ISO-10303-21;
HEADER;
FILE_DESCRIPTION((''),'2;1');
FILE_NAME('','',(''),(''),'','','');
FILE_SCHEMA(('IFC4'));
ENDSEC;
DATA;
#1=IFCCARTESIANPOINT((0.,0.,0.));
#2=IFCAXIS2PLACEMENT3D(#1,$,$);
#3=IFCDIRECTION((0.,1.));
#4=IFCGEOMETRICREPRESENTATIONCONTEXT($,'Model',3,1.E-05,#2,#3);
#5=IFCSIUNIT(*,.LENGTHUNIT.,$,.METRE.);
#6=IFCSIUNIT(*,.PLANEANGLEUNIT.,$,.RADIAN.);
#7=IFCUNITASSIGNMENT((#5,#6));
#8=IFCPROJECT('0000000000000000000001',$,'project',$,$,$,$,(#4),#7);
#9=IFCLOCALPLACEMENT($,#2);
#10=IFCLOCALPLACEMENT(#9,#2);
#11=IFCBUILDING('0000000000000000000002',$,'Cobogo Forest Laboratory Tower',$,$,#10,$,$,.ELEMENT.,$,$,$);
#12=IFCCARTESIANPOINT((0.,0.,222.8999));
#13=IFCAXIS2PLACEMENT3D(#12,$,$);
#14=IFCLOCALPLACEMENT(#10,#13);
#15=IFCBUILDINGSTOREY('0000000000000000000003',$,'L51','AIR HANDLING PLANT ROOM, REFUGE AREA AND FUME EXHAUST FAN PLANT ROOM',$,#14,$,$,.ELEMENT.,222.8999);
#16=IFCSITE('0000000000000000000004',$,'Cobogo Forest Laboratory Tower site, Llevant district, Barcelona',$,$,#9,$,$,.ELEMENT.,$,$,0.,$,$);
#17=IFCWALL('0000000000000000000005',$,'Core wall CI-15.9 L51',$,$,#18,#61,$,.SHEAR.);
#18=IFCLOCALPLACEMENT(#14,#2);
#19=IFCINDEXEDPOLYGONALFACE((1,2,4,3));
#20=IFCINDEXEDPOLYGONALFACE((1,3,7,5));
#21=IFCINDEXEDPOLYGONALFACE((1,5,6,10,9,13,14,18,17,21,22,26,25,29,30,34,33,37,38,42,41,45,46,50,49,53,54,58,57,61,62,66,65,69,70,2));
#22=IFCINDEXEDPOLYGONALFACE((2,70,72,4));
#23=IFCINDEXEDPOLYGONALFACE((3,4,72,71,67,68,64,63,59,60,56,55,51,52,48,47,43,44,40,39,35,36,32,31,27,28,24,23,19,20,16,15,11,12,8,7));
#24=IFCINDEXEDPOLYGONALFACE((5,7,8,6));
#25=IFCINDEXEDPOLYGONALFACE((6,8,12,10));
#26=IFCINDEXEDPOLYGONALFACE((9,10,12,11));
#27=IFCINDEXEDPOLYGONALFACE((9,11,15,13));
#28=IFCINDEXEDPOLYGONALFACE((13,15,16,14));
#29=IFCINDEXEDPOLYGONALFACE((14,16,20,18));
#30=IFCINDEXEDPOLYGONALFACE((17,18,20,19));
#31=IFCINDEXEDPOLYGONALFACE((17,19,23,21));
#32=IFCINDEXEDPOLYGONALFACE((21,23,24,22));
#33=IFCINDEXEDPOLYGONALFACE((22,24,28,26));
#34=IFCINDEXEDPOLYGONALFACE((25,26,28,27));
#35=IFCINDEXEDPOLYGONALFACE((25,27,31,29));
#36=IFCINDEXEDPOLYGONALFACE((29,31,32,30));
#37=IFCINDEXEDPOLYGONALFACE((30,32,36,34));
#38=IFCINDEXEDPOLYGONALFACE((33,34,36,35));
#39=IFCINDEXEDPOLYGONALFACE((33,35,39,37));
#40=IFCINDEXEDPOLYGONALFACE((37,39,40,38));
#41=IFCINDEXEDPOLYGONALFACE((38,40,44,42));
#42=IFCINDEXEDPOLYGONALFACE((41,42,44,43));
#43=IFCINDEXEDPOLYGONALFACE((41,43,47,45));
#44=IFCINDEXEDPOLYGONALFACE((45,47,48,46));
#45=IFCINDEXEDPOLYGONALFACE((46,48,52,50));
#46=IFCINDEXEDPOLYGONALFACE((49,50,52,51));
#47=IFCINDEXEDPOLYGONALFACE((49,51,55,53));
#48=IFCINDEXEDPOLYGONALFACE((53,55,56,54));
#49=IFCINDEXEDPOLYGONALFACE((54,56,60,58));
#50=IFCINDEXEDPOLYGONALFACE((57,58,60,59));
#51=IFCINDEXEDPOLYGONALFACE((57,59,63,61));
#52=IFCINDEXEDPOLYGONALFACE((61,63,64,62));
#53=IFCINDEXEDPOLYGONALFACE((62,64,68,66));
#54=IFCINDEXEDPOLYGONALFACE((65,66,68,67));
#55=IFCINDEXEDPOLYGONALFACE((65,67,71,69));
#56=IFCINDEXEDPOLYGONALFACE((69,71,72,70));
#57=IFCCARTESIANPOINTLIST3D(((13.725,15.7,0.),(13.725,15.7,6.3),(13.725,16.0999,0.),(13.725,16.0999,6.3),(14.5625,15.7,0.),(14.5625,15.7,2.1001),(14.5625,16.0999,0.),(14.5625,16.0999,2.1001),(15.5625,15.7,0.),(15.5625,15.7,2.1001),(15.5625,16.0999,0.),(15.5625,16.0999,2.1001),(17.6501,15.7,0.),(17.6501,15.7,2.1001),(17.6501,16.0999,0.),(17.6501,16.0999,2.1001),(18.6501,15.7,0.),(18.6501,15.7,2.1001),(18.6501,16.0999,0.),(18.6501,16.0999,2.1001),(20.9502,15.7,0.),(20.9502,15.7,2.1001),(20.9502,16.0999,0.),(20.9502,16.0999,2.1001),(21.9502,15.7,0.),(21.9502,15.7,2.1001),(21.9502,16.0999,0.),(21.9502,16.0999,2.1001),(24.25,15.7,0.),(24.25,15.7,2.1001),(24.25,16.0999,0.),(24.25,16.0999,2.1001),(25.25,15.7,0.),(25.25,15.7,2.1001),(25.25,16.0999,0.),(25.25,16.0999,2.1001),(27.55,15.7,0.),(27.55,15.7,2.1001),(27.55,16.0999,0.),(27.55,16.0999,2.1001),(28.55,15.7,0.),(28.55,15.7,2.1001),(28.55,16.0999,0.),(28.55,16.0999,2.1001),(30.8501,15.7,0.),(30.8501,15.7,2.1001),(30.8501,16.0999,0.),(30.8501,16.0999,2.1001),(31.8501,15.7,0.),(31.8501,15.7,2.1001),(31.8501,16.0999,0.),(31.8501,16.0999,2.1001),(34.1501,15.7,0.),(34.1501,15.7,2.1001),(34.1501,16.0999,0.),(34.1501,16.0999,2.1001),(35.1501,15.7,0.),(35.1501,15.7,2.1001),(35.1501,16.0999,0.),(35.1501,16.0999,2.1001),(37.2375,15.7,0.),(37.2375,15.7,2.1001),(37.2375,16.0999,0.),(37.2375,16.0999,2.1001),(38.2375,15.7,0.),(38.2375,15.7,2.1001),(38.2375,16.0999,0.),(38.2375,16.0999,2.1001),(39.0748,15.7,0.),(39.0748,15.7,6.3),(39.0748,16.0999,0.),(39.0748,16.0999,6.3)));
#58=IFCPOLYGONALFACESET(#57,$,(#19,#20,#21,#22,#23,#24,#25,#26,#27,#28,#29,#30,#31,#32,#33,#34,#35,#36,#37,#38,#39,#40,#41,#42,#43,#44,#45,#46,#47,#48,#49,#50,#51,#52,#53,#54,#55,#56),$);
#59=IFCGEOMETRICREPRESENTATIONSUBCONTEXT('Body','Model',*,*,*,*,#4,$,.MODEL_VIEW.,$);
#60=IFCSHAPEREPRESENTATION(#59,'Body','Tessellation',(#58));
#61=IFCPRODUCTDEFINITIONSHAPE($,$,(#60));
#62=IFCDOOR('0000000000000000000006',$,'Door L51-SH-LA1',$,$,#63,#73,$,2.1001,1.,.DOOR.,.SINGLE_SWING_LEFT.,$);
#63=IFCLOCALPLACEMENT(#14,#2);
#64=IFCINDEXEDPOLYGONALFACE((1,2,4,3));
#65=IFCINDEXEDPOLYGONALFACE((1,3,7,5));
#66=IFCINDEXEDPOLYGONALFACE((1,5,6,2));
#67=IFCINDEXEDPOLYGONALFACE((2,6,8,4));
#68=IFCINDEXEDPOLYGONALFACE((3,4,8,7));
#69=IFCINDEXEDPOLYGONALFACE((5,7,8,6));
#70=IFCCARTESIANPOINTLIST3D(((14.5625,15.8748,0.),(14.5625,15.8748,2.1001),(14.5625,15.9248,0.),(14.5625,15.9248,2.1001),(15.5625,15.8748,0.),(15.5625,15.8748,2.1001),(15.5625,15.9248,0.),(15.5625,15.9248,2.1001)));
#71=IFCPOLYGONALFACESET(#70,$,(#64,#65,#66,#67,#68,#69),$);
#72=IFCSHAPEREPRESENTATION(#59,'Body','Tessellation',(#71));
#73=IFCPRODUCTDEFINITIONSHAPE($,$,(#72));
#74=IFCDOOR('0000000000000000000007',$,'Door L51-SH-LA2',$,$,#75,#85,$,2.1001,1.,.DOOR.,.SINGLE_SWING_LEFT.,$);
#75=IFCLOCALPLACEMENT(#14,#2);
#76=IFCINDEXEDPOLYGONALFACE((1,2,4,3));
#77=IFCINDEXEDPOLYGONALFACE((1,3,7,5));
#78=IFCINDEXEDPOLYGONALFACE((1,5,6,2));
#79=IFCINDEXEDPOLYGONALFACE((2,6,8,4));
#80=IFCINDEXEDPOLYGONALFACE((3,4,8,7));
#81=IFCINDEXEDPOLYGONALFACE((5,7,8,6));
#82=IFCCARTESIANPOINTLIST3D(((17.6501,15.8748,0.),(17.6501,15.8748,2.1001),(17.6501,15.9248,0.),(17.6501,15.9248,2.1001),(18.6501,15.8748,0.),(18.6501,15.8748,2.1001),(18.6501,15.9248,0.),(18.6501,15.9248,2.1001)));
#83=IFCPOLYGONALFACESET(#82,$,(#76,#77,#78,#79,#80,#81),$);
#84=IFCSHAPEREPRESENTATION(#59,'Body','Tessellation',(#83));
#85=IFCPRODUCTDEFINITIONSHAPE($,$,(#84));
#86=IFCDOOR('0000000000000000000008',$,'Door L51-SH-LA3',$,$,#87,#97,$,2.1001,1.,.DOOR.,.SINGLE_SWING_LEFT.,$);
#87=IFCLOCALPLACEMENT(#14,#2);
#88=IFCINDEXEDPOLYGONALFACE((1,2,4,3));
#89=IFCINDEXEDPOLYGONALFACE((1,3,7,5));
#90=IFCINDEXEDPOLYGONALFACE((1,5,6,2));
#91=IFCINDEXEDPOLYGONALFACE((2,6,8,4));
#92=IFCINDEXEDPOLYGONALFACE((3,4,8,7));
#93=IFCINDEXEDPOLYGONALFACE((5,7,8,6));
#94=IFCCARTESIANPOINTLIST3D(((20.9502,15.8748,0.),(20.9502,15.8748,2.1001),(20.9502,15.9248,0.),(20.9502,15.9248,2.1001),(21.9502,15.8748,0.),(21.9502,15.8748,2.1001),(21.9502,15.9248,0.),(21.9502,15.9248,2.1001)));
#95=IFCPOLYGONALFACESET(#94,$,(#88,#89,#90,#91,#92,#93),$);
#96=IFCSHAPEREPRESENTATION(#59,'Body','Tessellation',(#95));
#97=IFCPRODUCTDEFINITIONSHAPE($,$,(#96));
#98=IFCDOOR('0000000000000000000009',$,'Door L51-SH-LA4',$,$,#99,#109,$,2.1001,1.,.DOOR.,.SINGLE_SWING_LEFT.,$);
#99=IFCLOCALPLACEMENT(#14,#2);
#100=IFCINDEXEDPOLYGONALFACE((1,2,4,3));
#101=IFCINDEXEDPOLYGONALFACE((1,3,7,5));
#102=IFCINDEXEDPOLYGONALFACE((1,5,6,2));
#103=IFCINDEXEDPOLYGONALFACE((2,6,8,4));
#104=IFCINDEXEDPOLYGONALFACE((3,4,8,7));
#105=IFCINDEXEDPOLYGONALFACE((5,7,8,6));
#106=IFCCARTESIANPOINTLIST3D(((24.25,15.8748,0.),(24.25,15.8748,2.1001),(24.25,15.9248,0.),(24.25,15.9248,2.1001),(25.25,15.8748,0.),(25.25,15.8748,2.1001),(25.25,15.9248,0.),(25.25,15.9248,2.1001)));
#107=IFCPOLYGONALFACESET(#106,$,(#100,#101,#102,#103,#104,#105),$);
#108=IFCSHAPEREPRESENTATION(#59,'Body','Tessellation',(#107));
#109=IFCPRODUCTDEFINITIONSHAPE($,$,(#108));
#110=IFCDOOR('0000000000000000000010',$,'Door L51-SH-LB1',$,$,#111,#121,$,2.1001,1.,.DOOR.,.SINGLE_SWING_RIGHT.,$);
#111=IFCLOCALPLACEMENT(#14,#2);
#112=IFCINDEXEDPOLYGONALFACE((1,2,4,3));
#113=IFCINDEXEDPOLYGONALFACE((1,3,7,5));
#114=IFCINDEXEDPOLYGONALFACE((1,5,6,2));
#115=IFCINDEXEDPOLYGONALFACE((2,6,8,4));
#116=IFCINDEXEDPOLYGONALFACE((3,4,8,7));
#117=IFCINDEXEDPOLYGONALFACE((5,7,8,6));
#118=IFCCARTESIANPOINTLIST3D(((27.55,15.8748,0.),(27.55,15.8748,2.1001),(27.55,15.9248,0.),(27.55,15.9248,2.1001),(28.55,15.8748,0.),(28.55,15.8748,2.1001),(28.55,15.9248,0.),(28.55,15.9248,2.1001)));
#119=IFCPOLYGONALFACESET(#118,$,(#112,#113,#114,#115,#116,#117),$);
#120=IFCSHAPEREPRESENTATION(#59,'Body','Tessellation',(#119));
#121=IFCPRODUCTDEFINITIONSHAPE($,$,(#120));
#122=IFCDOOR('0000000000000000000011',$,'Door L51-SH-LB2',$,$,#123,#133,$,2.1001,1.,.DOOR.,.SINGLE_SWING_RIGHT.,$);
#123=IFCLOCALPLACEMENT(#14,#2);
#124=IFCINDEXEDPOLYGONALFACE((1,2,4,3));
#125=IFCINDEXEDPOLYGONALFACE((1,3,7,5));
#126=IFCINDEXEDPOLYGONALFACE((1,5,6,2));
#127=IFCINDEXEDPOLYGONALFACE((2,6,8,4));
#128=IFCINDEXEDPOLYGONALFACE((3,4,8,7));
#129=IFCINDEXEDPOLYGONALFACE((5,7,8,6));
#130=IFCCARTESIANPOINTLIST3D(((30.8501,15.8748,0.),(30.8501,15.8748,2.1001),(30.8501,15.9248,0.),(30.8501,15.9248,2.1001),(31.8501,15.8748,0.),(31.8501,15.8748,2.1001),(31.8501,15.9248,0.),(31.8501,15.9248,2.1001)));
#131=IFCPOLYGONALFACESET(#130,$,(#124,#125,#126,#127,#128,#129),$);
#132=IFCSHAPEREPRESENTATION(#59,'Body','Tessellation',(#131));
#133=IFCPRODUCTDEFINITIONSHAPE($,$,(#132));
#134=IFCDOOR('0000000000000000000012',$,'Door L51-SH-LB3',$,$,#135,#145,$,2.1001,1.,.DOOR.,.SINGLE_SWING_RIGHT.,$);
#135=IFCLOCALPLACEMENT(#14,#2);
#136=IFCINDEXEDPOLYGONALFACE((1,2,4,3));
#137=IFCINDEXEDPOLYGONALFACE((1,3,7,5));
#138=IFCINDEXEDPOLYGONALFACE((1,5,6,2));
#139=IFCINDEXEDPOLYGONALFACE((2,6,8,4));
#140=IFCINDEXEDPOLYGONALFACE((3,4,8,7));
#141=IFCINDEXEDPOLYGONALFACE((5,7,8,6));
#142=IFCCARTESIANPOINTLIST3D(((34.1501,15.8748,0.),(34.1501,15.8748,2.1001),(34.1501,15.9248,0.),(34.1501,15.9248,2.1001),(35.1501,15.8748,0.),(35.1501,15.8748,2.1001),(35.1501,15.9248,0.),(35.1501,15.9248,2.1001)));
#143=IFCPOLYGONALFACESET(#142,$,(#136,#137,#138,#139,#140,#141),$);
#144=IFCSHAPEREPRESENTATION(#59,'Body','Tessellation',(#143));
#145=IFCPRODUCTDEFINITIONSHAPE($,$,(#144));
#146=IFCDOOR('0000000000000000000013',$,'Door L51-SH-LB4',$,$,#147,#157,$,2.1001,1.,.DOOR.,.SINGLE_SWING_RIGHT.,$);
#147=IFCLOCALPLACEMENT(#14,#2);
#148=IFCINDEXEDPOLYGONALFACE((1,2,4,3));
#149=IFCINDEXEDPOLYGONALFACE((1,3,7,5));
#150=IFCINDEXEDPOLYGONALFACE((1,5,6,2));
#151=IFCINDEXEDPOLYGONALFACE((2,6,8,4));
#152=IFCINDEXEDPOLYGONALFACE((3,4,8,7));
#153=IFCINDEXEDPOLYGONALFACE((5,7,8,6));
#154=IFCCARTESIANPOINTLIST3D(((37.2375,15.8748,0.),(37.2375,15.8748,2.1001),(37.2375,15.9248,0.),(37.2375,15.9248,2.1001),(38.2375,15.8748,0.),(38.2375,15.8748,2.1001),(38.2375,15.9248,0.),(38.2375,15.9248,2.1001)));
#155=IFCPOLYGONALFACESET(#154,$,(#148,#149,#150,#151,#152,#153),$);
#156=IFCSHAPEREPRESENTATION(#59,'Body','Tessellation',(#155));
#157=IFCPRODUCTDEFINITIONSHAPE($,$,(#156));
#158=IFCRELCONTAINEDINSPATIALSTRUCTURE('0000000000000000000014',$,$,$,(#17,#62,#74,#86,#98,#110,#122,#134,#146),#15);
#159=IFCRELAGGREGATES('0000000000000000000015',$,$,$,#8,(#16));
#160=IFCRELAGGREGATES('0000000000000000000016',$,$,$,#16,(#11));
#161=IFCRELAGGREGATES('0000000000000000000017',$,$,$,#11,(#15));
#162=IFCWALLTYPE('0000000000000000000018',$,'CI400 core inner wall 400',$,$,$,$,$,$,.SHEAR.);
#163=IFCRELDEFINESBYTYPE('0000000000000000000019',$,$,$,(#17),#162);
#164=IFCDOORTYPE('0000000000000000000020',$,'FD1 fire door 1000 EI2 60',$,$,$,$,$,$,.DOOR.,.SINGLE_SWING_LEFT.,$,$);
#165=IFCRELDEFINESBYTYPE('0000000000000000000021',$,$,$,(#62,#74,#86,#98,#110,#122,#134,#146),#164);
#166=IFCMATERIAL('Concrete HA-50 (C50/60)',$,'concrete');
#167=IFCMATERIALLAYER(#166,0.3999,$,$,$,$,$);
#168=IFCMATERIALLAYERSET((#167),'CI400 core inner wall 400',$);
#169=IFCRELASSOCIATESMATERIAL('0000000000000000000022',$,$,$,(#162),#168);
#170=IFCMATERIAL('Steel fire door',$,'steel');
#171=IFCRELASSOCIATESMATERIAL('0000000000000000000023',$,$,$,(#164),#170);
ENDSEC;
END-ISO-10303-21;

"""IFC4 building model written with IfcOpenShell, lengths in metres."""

from ifc_helpers import new_model, si_unit, direction, frame, frame_2d, origin, place, context, subcontext, project, spatial, rectangle, extrude, material, layer, layer_set, type_object, element, fill, save


model = new_model("IFC4")

# Units and contexts
model_context = context("Model", 3, precision=1e-05, world=origin(), true_north=direction((0.0, 1.0)))
body_context = subcontext(model_context, "Body", "Model", "MODEL_VIEW")
ifc_project = project(units=[si_unit("LENGTHUNIT", "METRE"), si_unit("PLANEANGLEUNIT", "RADIAN")], contexts=[model_context])

# Site, building, storey
site_placement = place(None, origin())
site = spatial("IfcSite", under=ifc_project, at=site_placement, Name="Cobogo Forest Laboratory Tower site, Llevant district, Barcelona", CompositionType="ELEMENT", RefElevation=0.0)
building_placement = place(site_placement, origin())
building = spatial("IfcBuilding", under=site, at=building_placement, Name="Cobogo Forest Laboratory Tower", CompositionType="ELEMENT")
storey_placement = place(building_placement, frame((0.0, 0.0, 222.8999)))
storey = spatial("IfcBuildingStorey", under=building, at=storey_placement, Name="L51", Description="AIR HANDLING PLANT ROOM, REFUGE AREA AND FUME EXHAUST FAN PLANT ROOM", CompositionType="ELEMENT", Elevation=222.8999)

# Wall, openings, doors
ifc_material_1 = material(Name="Concrete HA-50 (C50/60)", Category="concrete")
ifc_layer_1 = layer(ifc_material_1, 0.3999)
ifc_layer_set_1 = layer_set([ifc_layer_1], Name="CI400 core inner wall 400")
wall_type_1 = type_object("IfcWallType", Name="CI400 core inner wall 400", PredefinedType="SHEAR", material=ifc_layer_set_1)
wall_1_placement = place(storey_placement, frame((13.7251, 15.8999, 0.0), z_axis=(0.0, 0.0, 1.0), x_axis=(1.0, 0.0, 0.0)))
wall_1 = element("IfcWall", 1, at=wall_1_placement, inside=storey, type_object=wall_type_1, Name="Core wall CI-15.9 L51", PredefinedType="SHEAR", context=body_context, shape_type="SweptSolid", body=[
    extrude(rectangle(XDim=25.3499, YDim=0.3999, at=frame_2d((12.6748, 0.0))), origin(), (0.0, 0.0, 1.0), 6.3),
])
opening_1_placement = place(wall_1_placement, frame((0.8374, 0.0, 0.0)))
opening_1 = element("IfcOpeningElement", 2, at=opening_1_placement, cuts=wall_1, PredefinedType="OPENING", context=body_context, shape_type="SweptSolid", body=[
    extrude(rectangle(XDim=1.0, YDim=2.1001, at=frame_2d((0.5, 1.05))), frame((0.0, 0.21, 0.0), z_axis=(0.0, -1.0, 0.0), x_axis=(1.0, 0.0, 0.0)), (0.0, 0.0, 1.0), 0.4199),
])
opening_2_placement = place(wall_1_placement, frame((3.925, 0.0, 0.0)))
opening_2 = element("IfcOpeningElement", 3, at=opening_2_placement, cuts=wall_1, PredefinedType="OPENING", context=body_context, shape_type="SweptSolid", body=[
    extrude(rectangle(XDim=1.0, YDim=2.1001, at=frame_2d((0.5, 1.05))), frame((0.0, 0.21, 0.0), z_axis=(0.0, -1.0, 0.0), x_axis=(1.0, 0.0, 0.0)), (0.0, 0.0, 1.0), 0.4199),
])
opening_3_placement = place(wall_1_placement, frame((7.2251, 0.0, 0.0)))
opening_3 = element("IfcOpeningElement", 4, at=opening_3_placement, cuts=wall_1, PredefinedType="OPENING", context=body_context, shape_type="SweptSolid", body=[
    extrude(rectangle(XDim=1.0, YDim=2.1001, at=frame_2d((0.5, 1.05))), frame((0.0, 0.21, 0.0), z_axis=(0.0, -1.0, 0.0), x_axis=(1.0, 0.0, 0.0)), (0.0, 0.0, 1.0), 0.4199),
])
opening_4_placement = place(wall_1_placement, frame((10.5249, 0.0, 0.0)))
opening_4 = element("IfcOpeningElement", 5, at=opening_4_placement, cuts=wall_1, PredefinedType="OPENING", context=body_context, shape_type="SweptSolid", body=[
    extrude(rectangle(XDim=1.0, YDim=2.1001, at=frame_2d((0.5, 1.05))), frame((0.0, 0.21, 0.0), z_axis=(0.0, -1.0, 0.0), x_axis=(1.0, 0.0, 0.0)), (0.0, 0.0, 1.0), 0.4199),
])
opening_5_placement = place(wall_1_placement, frame((13.825, 0.0, 0.0)))
opening_5 = element("IfcOpeningElement", 6, at=opening_5_placement, cuts=wall_1, PredefinedType="OPENING", context=body_context, shape_type="SweptSolid", body=[
    extrude(rectangle(XDim=1.0, YDim=2.1001, at=frame_2d((0.5, 1.05))), frame((0.0, 0.21, 0.0), z_axis=(0.0, -1.0, 0.0), x_axis=(1.0, 0.0, 0.0)), (0.0, 0.0, 1.0), 0.4199),
])
opening_6_placement = place(wall_1_placement, frame((17.125, 0.0, 0.0)))
opening_6 = element("IfcOpeningElement", 7, at=opening_6_placement, cuts=wall_1, PredefinedType="OPENING", context=body_context, shape_type="SweptSolid", body=[
    extrude(rectangle(XDim=1.0, YDim=2.1001, at=frame_2d((0.5, 1.05))), frame((0.0, 0.21, 0.0), z_axis=(0.0, -1.0, 0.0), x_axis=(1.0, 0.0, 0.0)), (0.0, 0.0, 1.0), 0.4199),
])
opening_7_placement = place(wall_1_placement, frame((20.425, 0.0, 0.0)))
opening_7 = element("IfcOpeningElement", 8, at=opening_7_placement, cuts=wall_1, PredefinedType="OPENING", context=body_context, shape_type="SweptSolid", body=[
    extrude(rectangle(XDim=1.0, YDim=2.1001, at=frame_2d((0.5, 1.05))), frame((0.0, 0.21, 0.0), z_axis=(0.0, -1.0, 0.0), x_axis=(1.0, 0.0, 0.0)), (0.0, 0.0, 1.0), 0.4199),
])
opening_8_placement = place(wall_1_placement, frame((23.5125, 0.0, 0.0)))
opening_8 = element("IfcOpeningElement", 9, at=opening_8_placement, cuts=wall_1, PredefinedType="OPENING", context=body_context, shape_type="SweptSolid", body=[
    extrude(rectangle(XDim=1.0, YDim=2.1001, at=frame_2d((0.5, 1.05))), frame((0.0, 0.21, 0.0), z_axis=(0.0, -1.0, 0.0), x_axis=(1.0, 0.0, 0.0)), (0.0, 0.0, 1.0), 0.4199),
])
ifc_material_2 = material(Name="Steel fire door", Category="steel")
door_type_1 = type_object("IfcDoorType", Name="FD1 fire door 1000 EI2 60", OperationType="SINGLE_SWING_LEFT", PredefinedType="DOOR", material=ifc_material_2)
door_1_placement = place(opening_1_placement, origin())
door_1 = element("IfcDoor", 10, at=door_1_placement, inside=storey, type_object=door_type_1, Name="Door L51-SH-LA1", OperationType="SINGLE_SWING_LEFT", OverallHeight=2.1001, OverallWidth=1.0, PredefinedType="DOOR", context=body_context, shape_type="SweptSolid", body=[
    extrude(rectangle(XDim=1.0, YDim=2.1001, at=frame_2d((0.5, 1.05))), frame((0.0, 0.0249, 0.0), z_axis=(0.0, -1.0, 0.0), x_axis=(1.0, 0.0, 0.0)), (0.0, 0.0, 1.0), 0.05),
])
fill(opening_1, door_1)
door_2_placement = place(opening_2_placement, origin())
door_2 = element("IfcDoor", 11, at=door_2_placement, inside=storey, type_object=door_type_1, Name="Door L51-SH-LA2", OperationType="SINGLE_SWING_LEFT", OverallHeight=2.1001, OverallWidth=1.0, PredefinedType="DOOR", context=body_context, shape_type="SweptSolid", body=[
    extrude(rectangle(XDim=1.0, YDim=2.1001, at=frame_2d((0.5, 1.05))), frame((0.0, 0.0249, 0.0), z_axis=(0.0, -1.0, 0.0), x_axis=(1.0, 0.0, 0.0)), (0.0, 0.0, 1.0), 0.05),
])
fill(opening_2, door_2)
door_3_placement = place(opening_3_placement, origin())
door_3 = element("IfcDoor", 12, at=door_3_placement, inside=storey, type_object=door_type_1, Name="Door L51-SH-LA3", OperationType="SINGLE_SWING_LEFT", OverallHeight=2.1001, OverallWidth=1.0, PredefinedType="DOOR", context=body_context, shape_type="SweptSolid", body=[
    extrude(rectangle(XDim=1.0, YDim=2.1001, at=frame_2d((0.5, 1.05))), frame((0.0, 0.0249, 0.0), z_axis=(0.0, -1.0, 0.0), x_axis=(1.0, 0.0, 0.0)), (0.0, 0.0, 1.0), 0.05),
])
fill(opening_3, door_3)
door_4_placement = place(opening_4_placement, origin())
door_4 = element("IfcDoor", 13, at=door_4_placement, inside=storey, type_object=door_type_1, Name="Door L51-SH-LA4", OperationType="SINGLE_SWING_LEFT", OverallHeight=2.1001, OverallWidth=1.0, PredefinedType="DOOR", context=body_context, shape_type="SweptSolid", body=[
    extrude(rectangle(XDim=1.0, YDim=2.1001, at=frame_2d((0.5, 1.05))), frame((0.0, 0.0249, 0.0), z_axis=(0.0, -1.0, 0.0), x_axis=(1.0, 0.0, 0.0)), (0.0, 0.0, 1.0), 0.05),
])
fill(opening_4, door_4)
door_5_placement = place(opening_5_placement, origin())
door_5 = element("IfcDoor", 14, at=door_5_placement, inside=storey, type_object=door_type_1, Name="Door L51-SH-LB1", OperationType="SINGLE_SWING_RIGHT", OverallHeight=2.1001, OverallWidth=1.0, PredefinedType="DOOR", context=body_context, shape_type="SweptSolid", body=[
    extrude(rectangle(XDim=1.0, YDim=2.1001, at=frame_2d((0.5, 1.05))), frame((0.0, 0.0249, 0.0), z_axis=(0.0, -1.0, 0.0), x_axis=(1.0, 0.0, 0.0)), (0.0, 0.0, 1.0), 0.05),
])
fill(opening_5, door_5)
door_6_placement = place(opening_6_placement, origin())
door_6 = element("IfcDoor", 15, at=door_6_placement, inside=storey, type_object=door_type_1, Name="Door L51-SH-LB2", OperationType="SINGLE_SWING_RIGHT", OverallHeight=2.1001, OverallWidth=1.0, PredefinedType="DOOR", context=body_context, shape_type="SweptSolid", body=[
    extrude(rectangle(XDim=1.0, YDim=2.1001, at=frame_2d((0.5, 1.05))), frame((0.0, 0.0249, 0.0), z_axis=(0.0, -1.0, 0.0), x_axis=(1.0, 0.0, 0.0)), (0.0, 0.0, 1.0), 0.05),
])
fill(opening_6, door_6)
door_7_placement = place(opening_7_placement, origin())
door_7 = element("IfcDoor", 16, at=door_7_placement, inside=storey, type_object=door_type_1, Name="Door L51-SH-LB3", OperationType="SINGLE_SWING_RIGHT", OverallHeight=2.1001, OverallWidth=1.0, PredefinedType="DOOR", context=body_context, shape_type="SweptSolid", body=[
    extrude(rectangle(XDim=1.0, YDim=2.1001, at=frame_2d((0.5, 1.05))), frame((0.0, 0.0249, 0.0), z_axis=(0.0, -1.0, 0.0), x_axis=(1.0, 0.0, 0.0)), (0.0, 0.0, 1.0), 0.05),
])
fill(opening_7, door_7)
door_8_placement = place(opening_8_placement, origin())
door_8 = element("IfcDoor", 17, at=door_8_placement, inside=storey, type_object=door_type_1, Name="Door L51-SH-LB4", OperationType="SINGLE_SWING_RIGHT", OverallHeight=2.1001, OverallWidth=1.0, PredefinedType="DOOR", context=body_context, shape_type="SweptSolid", body=[
    extrude(rectangle(XDim=1.0, YDim=2.1001, at=frame_2d((0.5, 1.05))), frame((0.0, 0.0249, 0.0), z_axis=(0.0, -1.0, 0.0), x_axis=(1.0, 0.0, 0.0)), (0.0, 0.0, 1.0), 0.05),
])
fill(opening_8, door_8)

save(model, "model.ifc")
